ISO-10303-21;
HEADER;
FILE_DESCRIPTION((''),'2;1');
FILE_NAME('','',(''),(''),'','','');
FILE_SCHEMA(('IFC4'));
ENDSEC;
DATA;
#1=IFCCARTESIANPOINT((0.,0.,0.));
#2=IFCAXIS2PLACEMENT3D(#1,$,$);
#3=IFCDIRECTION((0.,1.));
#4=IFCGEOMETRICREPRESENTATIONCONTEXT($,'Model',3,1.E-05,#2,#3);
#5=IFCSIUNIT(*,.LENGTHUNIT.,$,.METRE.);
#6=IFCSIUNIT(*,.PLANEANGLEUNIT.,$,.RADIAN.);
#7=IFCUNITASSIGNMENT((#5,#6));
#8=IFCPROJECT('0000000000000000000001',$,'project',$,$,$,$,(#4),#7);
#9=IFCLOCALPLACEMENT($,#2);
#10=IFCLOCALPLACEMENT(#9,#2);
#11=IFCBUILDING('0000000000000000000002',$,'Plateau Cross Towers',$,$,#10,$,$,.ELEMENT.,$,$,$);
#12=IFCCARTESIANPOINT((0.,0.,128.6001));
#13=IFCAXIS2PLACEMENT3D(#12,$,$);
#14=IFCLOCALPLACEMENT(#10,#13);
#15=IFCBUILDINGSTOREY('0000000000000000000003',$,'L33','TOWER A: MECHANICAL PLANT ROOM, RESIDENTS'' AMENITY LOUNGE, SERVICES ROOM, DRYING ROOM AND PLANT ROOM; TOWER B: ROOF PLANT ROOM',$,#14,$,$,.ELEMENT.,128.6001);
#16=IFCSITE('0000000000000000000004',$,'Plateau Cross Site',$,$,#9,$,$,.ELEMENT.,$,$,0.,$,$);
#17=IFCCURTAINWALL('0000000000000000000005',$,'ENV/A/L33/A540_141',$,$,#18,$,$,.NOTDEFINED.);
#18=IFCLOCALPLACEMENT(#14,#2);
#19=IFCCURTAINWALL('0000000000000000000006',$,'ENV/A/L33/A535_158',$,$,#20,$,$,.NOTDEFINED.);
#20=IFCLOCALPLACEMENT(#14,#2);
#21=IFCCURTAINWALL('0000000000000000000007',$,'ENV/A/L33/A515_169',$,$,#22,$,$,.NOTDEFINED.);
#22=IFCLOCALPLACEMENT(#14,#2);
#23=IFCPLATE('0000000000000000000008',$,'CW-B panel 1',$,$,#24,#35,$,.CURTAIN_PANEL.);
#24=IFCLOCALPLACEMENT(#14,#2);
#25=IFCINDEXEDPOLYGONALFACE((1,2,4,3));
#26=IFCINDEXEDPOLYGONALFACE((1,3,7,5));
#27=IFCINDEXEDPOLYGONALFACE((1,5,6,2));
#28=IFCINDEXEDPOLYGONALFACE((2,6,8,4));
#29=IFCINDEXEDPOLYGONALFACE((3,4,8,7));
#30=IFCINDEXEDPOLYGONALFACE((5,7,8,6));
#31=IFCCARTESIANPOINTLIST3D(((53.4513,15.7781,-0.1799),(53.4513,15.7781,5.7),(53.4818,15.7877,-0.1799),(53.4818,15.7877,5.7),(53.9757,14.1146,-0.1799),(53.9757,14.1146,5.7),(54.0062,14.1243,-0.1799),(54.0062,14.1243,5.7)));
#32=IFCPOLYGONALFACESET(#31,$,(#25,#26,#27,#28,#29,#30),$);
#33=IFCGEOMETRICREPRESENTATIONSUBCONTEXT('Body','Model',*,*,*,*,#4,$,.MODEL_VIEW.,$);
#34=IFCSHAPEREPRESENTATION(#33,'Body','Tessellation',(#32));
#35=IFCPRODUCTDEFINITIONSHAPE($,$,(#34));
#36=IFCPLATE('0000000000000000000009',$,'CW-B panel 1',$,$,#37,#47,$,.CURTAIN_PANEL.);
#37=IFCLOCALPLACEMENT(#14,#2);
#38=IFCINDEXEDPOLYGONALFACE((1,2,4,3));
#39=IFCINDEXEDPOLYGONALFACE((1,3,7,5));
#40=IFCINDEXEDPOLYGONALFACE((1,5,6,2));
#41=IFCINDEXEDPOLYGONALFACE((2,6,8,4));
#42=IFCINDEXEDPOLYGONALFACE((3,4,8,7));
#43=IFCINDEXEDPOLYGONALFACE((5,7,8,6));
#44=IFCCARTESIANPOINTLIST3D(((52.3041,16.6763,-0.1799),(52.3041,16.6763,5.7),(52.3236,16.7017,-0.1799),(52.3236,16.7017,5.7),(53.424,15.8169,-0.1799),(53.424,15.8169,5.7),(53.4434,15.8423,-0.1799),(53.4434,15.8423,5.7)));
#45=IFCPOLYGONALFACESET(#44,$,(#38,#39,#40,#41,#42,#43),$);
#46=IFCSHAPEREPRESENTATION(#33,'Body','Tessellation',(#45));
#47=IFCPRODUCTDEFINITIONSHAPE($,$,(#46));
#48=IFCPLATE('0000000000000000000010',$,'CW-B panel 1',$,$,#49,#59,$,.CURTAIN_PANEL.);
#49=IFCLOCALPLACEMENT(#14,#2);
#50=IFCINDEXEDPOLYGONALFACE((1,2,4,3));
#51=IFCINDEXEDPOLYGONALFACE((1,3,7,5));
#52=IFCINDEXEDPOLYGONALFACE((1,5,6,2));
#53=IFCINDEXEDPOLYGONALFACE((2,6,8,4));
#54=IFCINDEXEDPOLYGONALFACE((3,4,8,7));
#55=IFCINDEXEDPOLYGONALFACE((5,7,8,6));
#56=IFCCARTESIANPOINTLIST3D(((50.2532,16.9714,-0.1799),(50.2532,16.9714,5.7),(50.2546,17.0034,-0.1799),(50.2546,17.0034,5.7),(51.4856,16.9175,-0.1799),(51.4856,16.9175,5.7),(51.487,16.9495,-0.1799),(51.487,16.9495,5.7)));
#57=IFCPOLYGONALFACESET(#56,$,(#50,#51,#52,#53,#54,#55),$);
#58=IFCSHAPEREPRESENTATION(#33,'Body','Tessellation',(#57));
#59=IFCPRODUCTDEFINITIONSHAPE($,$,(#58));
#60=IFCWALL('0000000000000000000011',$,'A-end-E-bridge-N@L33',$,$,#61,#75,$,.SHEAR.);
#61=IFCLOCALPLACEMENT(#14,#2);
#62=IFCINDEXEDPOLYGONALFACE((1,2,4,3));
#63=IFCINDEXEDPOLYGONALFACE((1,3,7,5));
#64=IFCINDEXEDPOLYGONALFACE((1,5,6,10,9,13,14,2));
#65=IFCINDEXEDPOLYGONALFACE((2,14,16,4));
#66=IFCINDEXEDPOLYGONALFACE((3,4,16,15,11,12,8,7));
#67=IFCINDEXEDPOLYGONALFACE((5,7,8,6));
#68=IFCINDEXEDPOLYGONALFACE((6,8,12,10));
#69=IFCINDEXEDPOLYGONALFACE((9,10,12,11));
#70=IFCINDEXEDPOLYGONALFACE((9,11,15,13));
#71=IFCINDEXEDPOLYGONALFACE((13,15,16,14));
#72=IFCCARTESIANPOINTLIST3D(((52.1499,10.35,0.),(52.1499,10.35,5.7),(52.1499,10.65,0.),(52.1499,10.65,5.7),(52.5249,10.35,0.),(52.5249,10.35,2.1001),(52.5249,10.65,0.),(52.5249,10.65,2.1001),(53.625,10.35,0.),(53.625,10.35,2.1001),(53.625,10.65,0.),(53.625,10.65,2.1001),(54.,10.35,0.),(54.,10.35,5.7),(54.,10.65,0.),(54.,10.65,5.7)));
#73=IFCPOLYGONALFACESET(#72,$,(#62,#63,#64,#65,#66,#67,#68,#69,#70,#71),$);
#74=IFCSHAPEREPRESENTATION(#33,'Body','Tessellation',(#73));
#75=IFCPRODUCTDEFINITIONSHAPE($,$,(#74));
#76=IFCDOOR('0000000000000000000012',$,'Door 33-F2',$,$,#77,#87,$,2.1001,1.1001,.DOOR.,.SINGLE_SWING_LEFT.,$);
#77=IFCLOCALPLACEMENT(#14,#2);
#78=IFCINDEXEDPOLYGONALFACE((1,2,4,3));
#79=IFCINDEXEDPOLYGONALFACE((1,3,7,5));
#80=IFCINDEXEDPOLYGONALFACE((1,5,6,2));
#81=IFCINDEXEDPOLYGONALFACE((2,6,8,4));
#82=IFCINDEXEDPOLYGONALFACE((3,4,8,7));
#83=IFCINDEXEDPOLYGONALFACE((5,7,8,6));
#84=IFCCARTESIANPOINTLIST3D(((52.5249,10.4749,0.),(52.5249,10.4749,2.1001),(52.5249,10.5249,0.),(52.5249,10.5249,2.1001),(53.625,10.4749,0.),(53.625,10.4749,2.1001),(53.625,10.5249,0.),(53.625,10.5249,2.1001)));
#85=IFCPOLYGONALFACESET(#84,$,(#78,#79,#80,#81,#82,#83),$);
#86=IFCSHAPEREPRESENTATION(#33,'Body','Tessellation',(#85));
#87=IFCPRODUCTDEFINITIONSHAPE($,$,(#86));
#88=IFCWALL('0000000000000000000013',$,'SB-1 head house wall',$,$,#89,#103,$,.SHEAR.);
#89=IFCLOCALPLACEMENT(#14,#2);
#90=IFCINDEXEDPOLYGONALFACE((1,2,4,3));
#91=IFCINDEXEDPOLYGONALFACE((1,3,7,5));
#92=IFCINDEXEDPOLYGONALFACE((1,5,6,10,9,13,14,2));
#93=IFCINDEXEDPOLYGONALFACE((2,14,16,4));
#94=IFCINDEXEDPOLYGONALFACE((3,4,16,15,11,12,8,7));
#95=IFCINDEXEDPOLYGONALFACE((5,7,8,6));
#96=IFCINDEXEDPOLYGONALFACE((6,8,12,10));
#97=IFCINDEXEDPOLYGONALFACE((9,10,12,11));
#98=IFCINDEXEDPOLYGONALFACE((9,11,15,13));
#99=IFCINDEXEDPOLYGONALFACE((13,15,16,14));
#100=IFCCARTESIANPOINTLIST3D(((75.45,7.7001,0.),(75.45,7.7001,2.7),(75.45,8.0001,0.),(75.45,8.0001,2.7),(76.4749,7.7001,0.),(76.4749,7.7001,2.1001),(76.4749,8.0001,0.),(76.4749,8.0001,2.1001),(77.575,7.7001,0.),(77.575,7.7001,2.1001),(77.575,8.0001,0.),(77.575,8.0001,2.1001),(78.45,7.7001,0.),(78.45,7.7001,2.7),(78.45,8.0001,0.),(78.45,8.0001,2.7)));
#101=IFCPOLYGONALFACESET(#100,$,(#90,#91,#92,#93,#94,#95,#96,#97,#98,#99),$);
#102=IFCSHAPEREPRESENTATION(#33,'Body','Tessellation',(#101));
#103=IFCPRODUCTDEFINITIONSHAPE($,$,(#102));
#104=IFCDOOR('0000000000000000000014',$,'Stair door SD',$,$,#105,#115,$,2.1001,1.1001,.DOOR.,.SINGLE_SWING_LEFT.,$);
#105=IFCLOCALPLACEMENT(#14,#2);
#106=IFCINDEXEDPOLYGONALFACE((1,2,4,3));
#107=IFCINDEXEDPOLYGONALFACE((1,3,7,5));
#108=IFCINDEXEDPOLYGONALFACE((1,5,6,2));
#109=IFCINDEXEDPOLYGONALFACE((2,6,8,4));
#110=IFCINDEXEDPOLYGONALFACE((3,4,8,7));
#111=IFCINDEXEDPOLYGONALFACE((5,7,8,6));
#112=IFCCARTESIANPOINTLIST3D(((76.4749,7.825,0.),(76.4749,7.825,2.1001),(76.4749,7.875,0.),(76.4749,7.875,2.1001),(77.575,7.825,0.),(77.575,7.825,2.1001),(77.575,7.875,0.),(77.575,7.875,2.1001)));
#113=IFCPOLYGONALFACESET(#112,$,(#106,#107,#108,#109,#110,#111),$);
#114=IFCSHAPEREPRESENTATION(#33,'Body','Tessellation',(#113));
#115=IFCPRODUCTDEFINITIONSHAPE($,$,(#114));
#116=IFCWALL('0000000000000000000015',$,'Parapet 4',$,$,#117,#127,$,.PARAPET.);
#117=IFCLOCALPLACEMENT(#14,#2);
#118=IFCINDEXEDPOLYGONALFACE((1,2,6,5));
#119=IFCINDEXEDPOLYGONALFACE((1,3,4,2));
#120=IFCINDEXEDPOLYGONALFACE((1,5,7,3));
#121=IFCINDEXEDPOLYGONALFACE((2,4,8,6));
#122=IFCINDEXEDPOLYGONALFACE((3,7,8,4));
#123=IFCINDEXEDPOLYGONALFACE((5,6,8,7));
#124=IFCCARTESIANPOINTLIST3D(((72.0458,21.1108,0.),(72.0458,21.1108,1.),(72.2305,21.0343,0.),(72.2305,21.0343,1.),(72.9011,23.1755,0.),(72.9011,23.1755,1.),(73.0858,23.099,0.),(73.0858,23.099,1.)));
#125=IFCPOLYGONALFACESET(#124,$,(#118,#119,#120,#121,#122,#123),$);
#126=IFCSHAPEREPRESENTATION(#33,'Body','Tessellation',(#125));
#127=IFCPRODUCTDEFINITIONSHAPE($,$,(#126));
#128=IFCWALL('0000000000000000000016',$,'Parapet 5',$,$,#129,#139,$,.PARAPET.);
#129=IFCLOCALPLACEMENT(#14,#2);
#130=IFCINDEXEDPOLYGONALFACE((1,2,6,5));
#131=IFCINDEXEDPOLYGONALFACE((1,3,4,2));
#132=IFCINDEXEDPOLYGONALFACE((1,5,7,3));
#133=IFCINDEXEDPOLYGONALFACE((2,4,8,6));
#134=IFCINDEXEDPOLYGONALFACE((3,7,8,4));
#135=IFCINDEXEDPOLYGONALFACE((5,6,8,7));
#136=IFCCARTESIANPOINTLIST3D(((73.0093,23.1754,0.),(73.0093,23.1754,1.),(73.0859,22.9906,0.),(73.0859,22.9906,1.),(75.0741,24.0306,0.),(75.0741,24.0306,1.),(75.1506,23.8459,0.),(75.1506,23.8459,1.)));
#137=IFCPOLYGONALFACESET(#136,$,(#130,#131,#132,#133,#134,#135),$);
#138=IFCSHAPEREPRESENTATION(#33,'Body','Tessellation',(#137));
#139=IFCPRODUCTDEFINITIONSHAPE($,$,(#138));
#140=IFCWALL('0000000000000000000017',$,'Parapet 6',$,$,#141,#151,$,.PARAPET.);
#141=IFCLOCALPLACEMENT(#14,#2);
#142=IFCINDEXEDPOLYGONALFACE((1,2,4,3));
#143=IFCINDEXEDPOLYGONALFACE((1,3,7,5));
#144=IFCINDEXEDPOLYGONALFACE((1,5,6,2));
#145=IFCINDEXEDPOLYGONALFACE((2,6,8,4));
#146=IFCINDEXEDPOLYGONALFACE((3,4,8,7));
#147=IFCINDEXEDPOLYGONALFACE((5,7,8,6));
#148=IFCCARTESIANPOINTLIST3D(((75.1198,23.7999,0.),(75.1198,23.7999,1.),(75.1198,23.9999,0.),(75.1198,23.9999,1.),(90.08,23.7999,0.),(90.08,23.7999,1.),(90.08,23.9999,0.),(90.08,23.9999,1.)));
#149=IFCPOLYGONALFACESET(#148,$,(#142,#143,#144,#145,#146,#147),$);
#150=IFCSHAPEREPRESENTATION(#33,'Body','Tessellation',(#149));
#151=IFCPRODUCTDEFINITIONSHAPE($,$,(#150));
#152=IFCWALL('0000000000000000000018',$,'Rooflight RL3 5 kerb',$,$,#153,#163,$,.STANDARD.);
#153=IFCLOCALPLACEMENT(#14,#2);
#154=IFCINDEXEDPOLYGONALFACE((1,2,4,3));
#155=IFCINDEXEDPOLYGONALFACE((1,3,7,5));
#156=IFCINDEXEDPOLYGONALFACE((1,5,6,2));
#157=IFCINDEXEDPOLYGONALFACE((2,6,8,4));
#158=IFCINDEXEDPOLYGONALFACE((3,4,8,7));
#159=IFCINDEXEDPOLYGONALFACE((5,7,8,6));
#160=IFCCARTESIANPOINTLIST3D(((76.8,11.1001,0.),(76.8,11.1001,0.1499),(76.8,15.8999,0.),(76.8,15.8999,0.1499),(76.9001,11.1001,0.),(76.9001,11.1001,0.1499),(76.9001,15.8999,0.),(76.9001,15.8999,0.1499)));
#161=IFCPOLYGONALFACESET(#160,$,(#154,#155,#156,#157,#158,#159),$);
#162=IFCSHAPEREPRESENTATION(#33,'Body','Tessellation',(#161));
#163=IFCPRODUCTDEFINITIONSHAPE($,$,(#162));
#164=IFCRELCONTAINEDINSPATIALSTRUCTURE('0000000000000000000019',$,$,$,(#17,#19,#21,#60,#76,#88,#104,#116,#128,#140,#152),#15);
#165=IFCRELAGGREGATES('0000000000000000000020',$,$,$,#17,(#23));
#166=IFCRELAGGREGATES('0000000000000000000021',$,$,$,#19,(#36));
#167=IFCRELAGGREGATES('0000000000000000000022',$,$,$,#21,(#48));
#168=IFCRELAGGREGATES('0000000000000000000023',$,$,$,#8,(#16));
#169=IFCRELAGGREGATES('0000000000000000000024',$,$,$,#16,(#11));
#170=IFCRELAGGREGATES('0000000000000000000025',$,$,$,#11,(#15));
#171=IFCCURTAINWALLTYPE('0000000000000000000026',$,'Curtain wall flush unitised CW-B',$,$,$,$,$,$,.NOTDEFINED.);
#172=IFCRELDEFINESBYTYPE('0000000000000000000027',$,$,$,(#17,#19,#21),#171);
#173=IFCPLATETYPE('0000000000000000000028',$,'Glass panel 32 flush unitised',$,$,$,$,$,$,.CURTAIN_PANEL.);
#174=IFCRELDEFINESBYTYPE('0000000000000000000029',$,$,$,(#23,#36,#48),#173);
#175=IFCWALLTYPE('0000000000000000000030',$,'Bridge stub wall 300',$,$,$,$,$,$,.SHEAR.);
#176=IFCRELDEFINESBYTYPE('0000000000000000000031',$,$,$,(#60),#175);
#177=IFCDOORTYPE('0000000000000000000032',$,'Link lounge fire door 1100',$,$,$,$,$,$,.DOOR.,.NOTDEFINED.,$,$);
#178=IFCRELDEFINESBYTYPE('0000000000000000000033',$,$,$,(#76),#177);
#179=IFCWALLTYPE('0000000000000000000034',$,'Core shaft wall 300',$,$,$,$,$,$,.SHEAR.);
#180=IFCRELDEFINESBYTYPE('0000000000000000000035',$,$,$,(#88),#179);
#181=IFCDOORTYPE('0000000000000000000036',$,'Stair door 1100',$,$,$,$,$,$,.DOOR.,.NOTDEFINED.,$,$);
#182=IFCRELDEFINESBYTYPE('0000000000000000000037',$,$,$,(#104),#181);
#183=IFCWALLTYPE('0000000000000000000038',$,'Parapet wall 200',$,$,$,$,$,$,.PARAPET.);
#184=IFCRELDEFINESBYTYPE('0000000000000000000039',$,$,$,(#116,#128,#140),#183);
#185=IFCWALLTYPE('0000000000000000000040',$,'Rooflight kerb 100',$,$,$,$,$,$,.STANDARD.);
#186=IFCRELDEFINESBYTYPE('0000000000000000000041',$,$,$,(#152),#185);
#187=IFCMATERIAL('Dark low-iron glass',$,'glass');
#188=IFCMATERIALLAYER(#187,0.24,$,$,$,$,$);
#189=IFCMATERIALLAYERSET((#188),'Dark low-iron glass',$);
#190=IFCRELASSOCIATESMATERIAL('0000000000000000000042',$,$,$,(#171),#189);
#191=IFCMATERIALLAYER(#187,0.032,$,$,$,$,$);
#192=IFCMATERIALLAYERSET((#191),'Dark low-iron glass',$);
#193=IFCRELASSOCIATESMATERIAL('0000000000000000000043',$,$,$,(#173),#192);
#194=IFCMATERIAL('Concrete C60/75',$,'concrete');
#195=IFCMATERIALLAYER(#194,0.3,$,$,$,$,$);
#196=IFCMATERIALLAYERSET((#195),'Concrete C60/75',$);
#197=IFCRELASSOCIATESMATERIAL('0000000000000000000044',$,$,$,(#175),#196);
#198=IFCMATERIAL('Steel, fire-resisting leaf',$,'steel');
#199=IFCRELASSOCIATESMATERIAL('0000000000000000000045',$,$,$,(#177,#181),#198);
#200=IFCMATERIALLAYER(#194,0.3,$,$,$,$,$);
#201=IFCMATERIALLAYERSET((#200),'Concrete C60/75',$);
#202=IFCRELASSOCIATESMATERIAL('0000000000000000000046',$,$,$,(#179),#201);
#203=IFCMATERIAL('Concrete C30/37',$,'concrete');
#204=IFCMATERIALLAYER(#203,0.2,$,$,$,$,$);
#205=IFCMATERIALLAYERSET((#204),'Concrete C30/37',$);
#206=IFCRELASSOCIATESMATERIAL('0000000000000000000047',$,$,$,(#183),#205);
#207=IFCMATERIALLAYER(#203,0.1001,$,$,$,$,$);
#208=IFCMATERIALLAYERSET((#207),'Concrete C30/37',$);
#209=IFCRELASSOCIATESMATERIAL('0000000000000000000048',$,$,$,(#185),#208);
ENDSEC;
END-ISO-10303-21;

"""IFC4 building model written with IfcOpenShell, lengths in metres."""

from ifc_helpers import new_model, si_unit, direction, frame, frame_2d, origin, origin_2d, place, context, subcontext, project, spatial, rectangle, extrude, material, layer, layer_set, type_object, element, fill, aggregate, save


model = new_model("IFC4")

# Units and contexts
model_context = context("Model", 3, precision=1e-05, world=origin(), true_north=direction((0.0, 1.0)))
body_context = subcontext(model_context, "Body", "Model", "MODEL_VIEW")
ifc_project = project(units=[si_unit("LENGTHUNIT", "METRE"), si_unit("PLANEANGLEUNIT", "RADIAN")], contexts=[model_context])

# Site, building, storey
site_placement = place(None, origin())
site = spatial("IfcSite", under=ifc_project, at=site_placement, Name="Plateau Cross Site", CompositionType="ELEMENT", RefElevation=0.0)
building_placement = place(site_placement, origin())
building = spatial("IfcBuilding", under=site, at=building_placement, Name="Plateau Cross Towers", CompositionType="ELEMENT")
storey_placement = place(building_placement, frame((0.0, 0.0, 128.6001)))
storey = spatial("IfcBuildingStorey", under=building, at=storey_placement, Name="L33", Description="TOWER A: MECHANICAL PLANT ROOM, RESIDENTS' AMENITY LOUNGE, SERVICES ROOM, DRYING ROOM AND PLANT ROOM; TOWER B: ROOF PLANT ROOM", CompositionType="ELEMENT", Elevation=128.6001)

# Shared definitions
ifc_material_1 = material(Name="Concrete C60/75", Category="concrete")

# Curtain wall
ifc_material_2 = material(Name="Dark low-iron glass", Category="glass")
ifc_layer_1 = layer(ifc_material_2, 0.24)
ifc_layer_set_1 = layer_set([ifc_layer_1], Name="Dark low-iron glass")
curtain_wall_type_1 = type_object("IfcCurtainWallType", Name="Curtain wall flush unitised CW-B", PredefinedType="NOTDEFINED", material=ifc_layer_set_1)
curtain_wall_1_placement = place(storey_placement, origin())
curtain_wall_1 = element("IfcCurtainWall", 1, at=curtain_wall_1_placement, inside=storey, type_object=curtain_wall_type_1, Name="ENV/A/L33/A540_141", PredefinedType="NOTDEFINED")

# Curtain wall
curtain_wall_2_placement = place(storey_placement, origin())
curtain_wall_2 = element("IfcCurtainWall", 2, at=curtain_wall_2_placement, inside=storey, type_object=curtain_wall_type_1, Name="ENV/A/L33/A535_158", PredefinedType="NOTDEFINED")

# Curtain wall
curtain_wall_3_placement = place(storey_placement, origin())
curtain_wall_3 = element("IfcCurtainWall", 3, at=curtain_wall_3_placement, inside=storey, type_object=curtain_wall_type_1, Name="ENV/A/L33/A515_169", PredefinedType="NOTDEFINED")

# Plates
ifc_layer_2 = layer(ifc_material_2, 0.032)
ifc_layer_set_2 = layer_set([ifc_layer_2], Name="Dark low-iron glass")
plate_type = type_object("IfcPlateType", Name="Glass panel 32 flush unitised", PredefinedType="CURTAIN_PANEL", material=ifc_layer_set_2)
plate_1_placement = place(storey_placement, frame((53.7288, 14.9512, -0.1799), z_axis=(0.0, 0.0, 1.0), x_axis=(-0.300686, 0.953723, 0.0)))
plate_1 = element("IfcPlate", 4, at=plate_1_placement, type_object=plate_type, Name="CW-B panel 1", PredefinedType="CURTAIN_PANEL", context=body_context, shape_type="SweptSolid", body=[
    extrude(rectangle(XDim=1.7441, YDim=0.032, at=origin_2d()), origin(), (0.0, 0.0, 1.0), 5.8799),
])
aggregate(curtain_wall_1, [plate_1])
plate_2_placement = place(storey_placement, frame((52.8738, 16.2593, -0.1799), z_axis=(0.0, 0.0, 1.0), x_axis=(-0.793316, 0.608811, 0.0)))
plate_2 = element("IfcPlate", 5, at=plate_2_placement, type_object=plate_type, Name="CW-B panel 1", PredefinedType="CURTAIN_PANEL", context=body_context, shape_type="SweptSolid", body=[
    extrude(rectangle(XDim=1.4116, YDim=0.032, at=origin_2d()), origin(), (0.0, 0.0, 1.0), 5.8799),
])
aggregate(curtain_wall_2, [plate_2])
plate_3_placement = place(storey_placement, frame((50.8701, 16.9604, -0.1799), z_axis=(0.0, 0.0, 1.0), x_axis=(-0.999044, 0.043723, 0.0)))
plate_3 = element("IfcPlate", 6, at=plate_3_placement, type_object=plate_type, Name="CW-B panel 1", PredefinedType="CURTAIN_PANEL", context=body_context, shape_type="SweptSolid", body=[
    extrude(rectangle(XDim=1.2336, YDim=0.032, at=origin_2d()), origin(), (0.0, 0.0, 1.0), 5.8799),
])
aggregate(curtain_wall_3, [plate_3])

# Walls, openings, doors
ifc_layer_3 = layer(ifc_material_1, 0.3)
ifc_layer_set_3 = layer_set([ifc_layer_3], Name="Concrete C60/75")
wall_type_1 = type_object("IfcWallType", Name="Bridge stub wall 300", PredefinedType="SHEAR", material=ifc_layer_set_3)
wall_1_placement = place(storey_placement, frame((52.1499, 10.5, 0.0), z_axis=(0.0, 0.0, 1.0), x_axis=(1.0, 0.0, 0.0)))
wall_1 = element("IfcWall", 7, at=wall_1_placement, inside=storey, type_object=wall_type_1, Name="A-end-E-bridge-N@L33", PredefinedType="SHEAR", context=body_context, shape_type="SweptSolid", body=[
    extrude(rectangle(XDim=1.8501, YDim=0.3, at=frame_2d((0.925, 0.0))), origin(), (0.0, 0.0, 1.0), 5.7),
])
opening_1_placement = place(wall_1_placement, frame((0.375, 0.0, 0.0)))
opening_1 = element("IfcOpeningElement", 8, at=opening_1_placement, cuts=wall_1, PredefinedType="OPENING", context=body_context, shape_type="SweptSolid", body=[
    extrude(rectangle(XDim=1.1001, YDim=2.1001, at=frame_2d((0.55, 1.05))), frame((0.0, 0.1599, 0.0), z_axis=(0.0, -1.0, 0.0), x_axis=(1.0, 0.0, 0.0)), (0.0, 0.0, 1.0), 0.3201),
])
ifc_material_3 = material(Name="Steel, fire-resisting leaf", Category="steel")
door_type_1 = type_object("IfcDoorType", Name="Link lounge fire door 1100", OperationType="NOTDEFINED", PredefinedType="DOOR", material=ifc_material_3)
door_1_placement = place(opening_1_placement, origin())
door_1 = element("IfcDoor", 9, at=door_1_placement, inside=storey, type_object=door_type_1, Name="Door 33-F2", OperationType="SINGLE_SWING_LEFT", OverallHeight=2.1001, OverallWidth=1.1001, PredefinedType="DOOR", context=body_context, shape_type="SweptSolid", body=[
    extrude(rectangle(XDim=1.1001, YDim=2.1001, at=frame_2d((0.55, 1.05))), frame((0.0, 0.0249, 0.0), z_axis=(0.0, -1.0, 0.0), x_axis=(1.0, 0.0, 0.0)), (0.0, 0.0, 1.0), 0.05),
])
fill(opening_1, door_1)
ifc_layer_4 = layer(ifc_material_1, 0.3)
ifc_layer_set_4 = layer_set([ifc_layer_4], Name="Concrete C60/75")
wall_type_2 = type_object("IfcWallType", Name="Core shaft wall 300", PredefinedType="SHEAR", material=ifc_layer_set_4)
wall_2_placement = place(storey_placement, frame((75.45, 7.8501, 0.0), z_axis=(0.0, 0.0, 1.0), x_axis=(1.0, 0.0, 0.0)))
wall_2 = element("IfcWall", 10, at=wall_2_placement, inside=storey, type_object=wall_type_2, Name="SB-1 head house wall", PredefinedType="SHEAR", context=body_context, shape_type="SweptSolid", body=[
    extrude(rectangle(XDim=3.0, YDim=0.3, at=frame_2d((1.5, 0.0))), origin(), (0.0, 0.0, 1.0), 2.7),
])
opening_2_placement = place(wall_2_placement, frame((1.0249, 0.0, 0.0)))
opening_2 = element("IfcOpeningElement", 11, at=opening_2_placement, cuts=wall_2, PredefinedType="OPENING", context=body_context, shape_type="SweptSolid", body=[
    extrude(rectangle(XDim=1.1001, YDim=2.1001, at=frame_2d((0.55, 1.05))), frame((0.0, 0.1599, 0.0), z_axis=(0.0, -1.0, 0.0), x_axis=(1.0, 0.0, 0.0)), (0.0, 0.0, 1.0), 0.3201),
])
door_type_2 = type_object("IfcDoorType", Name="Stair door 1100", OperationType="NOTDEFINED", PredefinedType="DOOR", material=ifc_material_3)
door_2_placement = place(opening_2_placement, origin())
door_2 = element("IfcDoor", 12, at=door_2_placement, inside=storey, type_object=door_type_2, Name="Stair door SD", OperationType="SINGLE_SWING_LEFT", OverallHeight=2.1001, OverallWidth=1.1001, PredefinedType="DOOR", context=body_context, shape_type="SweptSolid", body=[
    extrude(rectangle(XDim=1.1001, YDim=2.1001, at=frame_2d((0.55, 1.05))), frame((0.0, 0.0249, 0.0), z_axis=(0.0, -1.0, 0.0), x_axis=(1.0, 0.0, 0.0)), (0.0, 0.0, 1.0), 0.05),
])
fill(opening_2, door_2)

# Walls
ifc_material_4 = material(Name="Concrete C30/37", Category="concrete")
ifc_layer_5 = layer(ifc_material_4, 0.2)
ifc_layer_set_5 = layer_set([ifc_layer_5], Name="Concrete C30/37")
wall_type_3 = type_object("IfcWallType", Name="Parapet wall 200", PredefinedType="PARAPET", material=ifc_layer_set_5)
for number, where, z_axis, x_axis, name in (
    (13, (72.1382, 21.0725, 0.0), (0.0, 0.0, 1.0), (0.382683, 0.92388, 0.0), "Parapet 4"),
    (14, (73.0476, 23.083, 0.0), (0.0, 0.0, 1.0), (0.92388, 0.382683, 0.0), "Parapet 5"),
):
    element("IfcWall", number, at=place(storey_placement, frame(where, z_axis=z_axis, x_axis=x_axis)), inside=storey, type_object=wall_type_3, Name=name, PredefinedType="PARAPET", context=body_context, shape_type="SweptSolid", body=[
        extrude(rectangle(XDim=2.2349, YDim=0.2, at=frame_2d((1.1174, 0.0))), origin(), (0.0, 0.0, 1.0), 1.0),
    ])
wall_3_placement = place(storey_placement, frame((75.1199, 23.8999, 0.0), z_axis=(0.0, 0.0, 1.0), x_axis=(1.0, 0.0, 0.0)))
element("IfcWall", 15, at=wall_3_placement, inside=storey, type_object=wall_type_3, Name="Parapet 6", PredefinedType="PARAPET", context=body_context, shape_type="SweptSolid", body=[
    extrude(rectangle(XDim=14.9602, YDim=0.2, at=frame_2d((7.48, 0.0))), origin(), (0.0, 0.0, 1.0), 1.0),
])
ifc_layer_6 = layer(ifc_material_4, 0.1001)
ifc_layer_set_6 = layer_set([ifc_layer_6], Name="Concrete C30/37")
wall_type_4 = type_object("IfcWallType", Name="Rooflight kerb 100", PredefinedType="STANDARD", material=ifc_layer_set_6)
wall_4_placement = place(storey_placement, frame((76.8501, 11.1001, 0.0), z_axis=(0.0, 0.0, 1.0), x_axis=(0.0, 1.0, 0.0)))
element("IfcWall", 16, at=wall_4_placement, inside=storey, type_object=wall_type_4, Name="Rooflight RL3 5 kerb", PredefinedType="STANDARD", context=body_context, shape_type="SweptSolid", body=[
    extrude(rectangle(XDim=4.7998, YDim=0.1001, at=frame_2d((2.3999, 0.0))), origin(), (0.0, 0.0, 1.0), 0.1499),
])

save(model, "model.ifc")
